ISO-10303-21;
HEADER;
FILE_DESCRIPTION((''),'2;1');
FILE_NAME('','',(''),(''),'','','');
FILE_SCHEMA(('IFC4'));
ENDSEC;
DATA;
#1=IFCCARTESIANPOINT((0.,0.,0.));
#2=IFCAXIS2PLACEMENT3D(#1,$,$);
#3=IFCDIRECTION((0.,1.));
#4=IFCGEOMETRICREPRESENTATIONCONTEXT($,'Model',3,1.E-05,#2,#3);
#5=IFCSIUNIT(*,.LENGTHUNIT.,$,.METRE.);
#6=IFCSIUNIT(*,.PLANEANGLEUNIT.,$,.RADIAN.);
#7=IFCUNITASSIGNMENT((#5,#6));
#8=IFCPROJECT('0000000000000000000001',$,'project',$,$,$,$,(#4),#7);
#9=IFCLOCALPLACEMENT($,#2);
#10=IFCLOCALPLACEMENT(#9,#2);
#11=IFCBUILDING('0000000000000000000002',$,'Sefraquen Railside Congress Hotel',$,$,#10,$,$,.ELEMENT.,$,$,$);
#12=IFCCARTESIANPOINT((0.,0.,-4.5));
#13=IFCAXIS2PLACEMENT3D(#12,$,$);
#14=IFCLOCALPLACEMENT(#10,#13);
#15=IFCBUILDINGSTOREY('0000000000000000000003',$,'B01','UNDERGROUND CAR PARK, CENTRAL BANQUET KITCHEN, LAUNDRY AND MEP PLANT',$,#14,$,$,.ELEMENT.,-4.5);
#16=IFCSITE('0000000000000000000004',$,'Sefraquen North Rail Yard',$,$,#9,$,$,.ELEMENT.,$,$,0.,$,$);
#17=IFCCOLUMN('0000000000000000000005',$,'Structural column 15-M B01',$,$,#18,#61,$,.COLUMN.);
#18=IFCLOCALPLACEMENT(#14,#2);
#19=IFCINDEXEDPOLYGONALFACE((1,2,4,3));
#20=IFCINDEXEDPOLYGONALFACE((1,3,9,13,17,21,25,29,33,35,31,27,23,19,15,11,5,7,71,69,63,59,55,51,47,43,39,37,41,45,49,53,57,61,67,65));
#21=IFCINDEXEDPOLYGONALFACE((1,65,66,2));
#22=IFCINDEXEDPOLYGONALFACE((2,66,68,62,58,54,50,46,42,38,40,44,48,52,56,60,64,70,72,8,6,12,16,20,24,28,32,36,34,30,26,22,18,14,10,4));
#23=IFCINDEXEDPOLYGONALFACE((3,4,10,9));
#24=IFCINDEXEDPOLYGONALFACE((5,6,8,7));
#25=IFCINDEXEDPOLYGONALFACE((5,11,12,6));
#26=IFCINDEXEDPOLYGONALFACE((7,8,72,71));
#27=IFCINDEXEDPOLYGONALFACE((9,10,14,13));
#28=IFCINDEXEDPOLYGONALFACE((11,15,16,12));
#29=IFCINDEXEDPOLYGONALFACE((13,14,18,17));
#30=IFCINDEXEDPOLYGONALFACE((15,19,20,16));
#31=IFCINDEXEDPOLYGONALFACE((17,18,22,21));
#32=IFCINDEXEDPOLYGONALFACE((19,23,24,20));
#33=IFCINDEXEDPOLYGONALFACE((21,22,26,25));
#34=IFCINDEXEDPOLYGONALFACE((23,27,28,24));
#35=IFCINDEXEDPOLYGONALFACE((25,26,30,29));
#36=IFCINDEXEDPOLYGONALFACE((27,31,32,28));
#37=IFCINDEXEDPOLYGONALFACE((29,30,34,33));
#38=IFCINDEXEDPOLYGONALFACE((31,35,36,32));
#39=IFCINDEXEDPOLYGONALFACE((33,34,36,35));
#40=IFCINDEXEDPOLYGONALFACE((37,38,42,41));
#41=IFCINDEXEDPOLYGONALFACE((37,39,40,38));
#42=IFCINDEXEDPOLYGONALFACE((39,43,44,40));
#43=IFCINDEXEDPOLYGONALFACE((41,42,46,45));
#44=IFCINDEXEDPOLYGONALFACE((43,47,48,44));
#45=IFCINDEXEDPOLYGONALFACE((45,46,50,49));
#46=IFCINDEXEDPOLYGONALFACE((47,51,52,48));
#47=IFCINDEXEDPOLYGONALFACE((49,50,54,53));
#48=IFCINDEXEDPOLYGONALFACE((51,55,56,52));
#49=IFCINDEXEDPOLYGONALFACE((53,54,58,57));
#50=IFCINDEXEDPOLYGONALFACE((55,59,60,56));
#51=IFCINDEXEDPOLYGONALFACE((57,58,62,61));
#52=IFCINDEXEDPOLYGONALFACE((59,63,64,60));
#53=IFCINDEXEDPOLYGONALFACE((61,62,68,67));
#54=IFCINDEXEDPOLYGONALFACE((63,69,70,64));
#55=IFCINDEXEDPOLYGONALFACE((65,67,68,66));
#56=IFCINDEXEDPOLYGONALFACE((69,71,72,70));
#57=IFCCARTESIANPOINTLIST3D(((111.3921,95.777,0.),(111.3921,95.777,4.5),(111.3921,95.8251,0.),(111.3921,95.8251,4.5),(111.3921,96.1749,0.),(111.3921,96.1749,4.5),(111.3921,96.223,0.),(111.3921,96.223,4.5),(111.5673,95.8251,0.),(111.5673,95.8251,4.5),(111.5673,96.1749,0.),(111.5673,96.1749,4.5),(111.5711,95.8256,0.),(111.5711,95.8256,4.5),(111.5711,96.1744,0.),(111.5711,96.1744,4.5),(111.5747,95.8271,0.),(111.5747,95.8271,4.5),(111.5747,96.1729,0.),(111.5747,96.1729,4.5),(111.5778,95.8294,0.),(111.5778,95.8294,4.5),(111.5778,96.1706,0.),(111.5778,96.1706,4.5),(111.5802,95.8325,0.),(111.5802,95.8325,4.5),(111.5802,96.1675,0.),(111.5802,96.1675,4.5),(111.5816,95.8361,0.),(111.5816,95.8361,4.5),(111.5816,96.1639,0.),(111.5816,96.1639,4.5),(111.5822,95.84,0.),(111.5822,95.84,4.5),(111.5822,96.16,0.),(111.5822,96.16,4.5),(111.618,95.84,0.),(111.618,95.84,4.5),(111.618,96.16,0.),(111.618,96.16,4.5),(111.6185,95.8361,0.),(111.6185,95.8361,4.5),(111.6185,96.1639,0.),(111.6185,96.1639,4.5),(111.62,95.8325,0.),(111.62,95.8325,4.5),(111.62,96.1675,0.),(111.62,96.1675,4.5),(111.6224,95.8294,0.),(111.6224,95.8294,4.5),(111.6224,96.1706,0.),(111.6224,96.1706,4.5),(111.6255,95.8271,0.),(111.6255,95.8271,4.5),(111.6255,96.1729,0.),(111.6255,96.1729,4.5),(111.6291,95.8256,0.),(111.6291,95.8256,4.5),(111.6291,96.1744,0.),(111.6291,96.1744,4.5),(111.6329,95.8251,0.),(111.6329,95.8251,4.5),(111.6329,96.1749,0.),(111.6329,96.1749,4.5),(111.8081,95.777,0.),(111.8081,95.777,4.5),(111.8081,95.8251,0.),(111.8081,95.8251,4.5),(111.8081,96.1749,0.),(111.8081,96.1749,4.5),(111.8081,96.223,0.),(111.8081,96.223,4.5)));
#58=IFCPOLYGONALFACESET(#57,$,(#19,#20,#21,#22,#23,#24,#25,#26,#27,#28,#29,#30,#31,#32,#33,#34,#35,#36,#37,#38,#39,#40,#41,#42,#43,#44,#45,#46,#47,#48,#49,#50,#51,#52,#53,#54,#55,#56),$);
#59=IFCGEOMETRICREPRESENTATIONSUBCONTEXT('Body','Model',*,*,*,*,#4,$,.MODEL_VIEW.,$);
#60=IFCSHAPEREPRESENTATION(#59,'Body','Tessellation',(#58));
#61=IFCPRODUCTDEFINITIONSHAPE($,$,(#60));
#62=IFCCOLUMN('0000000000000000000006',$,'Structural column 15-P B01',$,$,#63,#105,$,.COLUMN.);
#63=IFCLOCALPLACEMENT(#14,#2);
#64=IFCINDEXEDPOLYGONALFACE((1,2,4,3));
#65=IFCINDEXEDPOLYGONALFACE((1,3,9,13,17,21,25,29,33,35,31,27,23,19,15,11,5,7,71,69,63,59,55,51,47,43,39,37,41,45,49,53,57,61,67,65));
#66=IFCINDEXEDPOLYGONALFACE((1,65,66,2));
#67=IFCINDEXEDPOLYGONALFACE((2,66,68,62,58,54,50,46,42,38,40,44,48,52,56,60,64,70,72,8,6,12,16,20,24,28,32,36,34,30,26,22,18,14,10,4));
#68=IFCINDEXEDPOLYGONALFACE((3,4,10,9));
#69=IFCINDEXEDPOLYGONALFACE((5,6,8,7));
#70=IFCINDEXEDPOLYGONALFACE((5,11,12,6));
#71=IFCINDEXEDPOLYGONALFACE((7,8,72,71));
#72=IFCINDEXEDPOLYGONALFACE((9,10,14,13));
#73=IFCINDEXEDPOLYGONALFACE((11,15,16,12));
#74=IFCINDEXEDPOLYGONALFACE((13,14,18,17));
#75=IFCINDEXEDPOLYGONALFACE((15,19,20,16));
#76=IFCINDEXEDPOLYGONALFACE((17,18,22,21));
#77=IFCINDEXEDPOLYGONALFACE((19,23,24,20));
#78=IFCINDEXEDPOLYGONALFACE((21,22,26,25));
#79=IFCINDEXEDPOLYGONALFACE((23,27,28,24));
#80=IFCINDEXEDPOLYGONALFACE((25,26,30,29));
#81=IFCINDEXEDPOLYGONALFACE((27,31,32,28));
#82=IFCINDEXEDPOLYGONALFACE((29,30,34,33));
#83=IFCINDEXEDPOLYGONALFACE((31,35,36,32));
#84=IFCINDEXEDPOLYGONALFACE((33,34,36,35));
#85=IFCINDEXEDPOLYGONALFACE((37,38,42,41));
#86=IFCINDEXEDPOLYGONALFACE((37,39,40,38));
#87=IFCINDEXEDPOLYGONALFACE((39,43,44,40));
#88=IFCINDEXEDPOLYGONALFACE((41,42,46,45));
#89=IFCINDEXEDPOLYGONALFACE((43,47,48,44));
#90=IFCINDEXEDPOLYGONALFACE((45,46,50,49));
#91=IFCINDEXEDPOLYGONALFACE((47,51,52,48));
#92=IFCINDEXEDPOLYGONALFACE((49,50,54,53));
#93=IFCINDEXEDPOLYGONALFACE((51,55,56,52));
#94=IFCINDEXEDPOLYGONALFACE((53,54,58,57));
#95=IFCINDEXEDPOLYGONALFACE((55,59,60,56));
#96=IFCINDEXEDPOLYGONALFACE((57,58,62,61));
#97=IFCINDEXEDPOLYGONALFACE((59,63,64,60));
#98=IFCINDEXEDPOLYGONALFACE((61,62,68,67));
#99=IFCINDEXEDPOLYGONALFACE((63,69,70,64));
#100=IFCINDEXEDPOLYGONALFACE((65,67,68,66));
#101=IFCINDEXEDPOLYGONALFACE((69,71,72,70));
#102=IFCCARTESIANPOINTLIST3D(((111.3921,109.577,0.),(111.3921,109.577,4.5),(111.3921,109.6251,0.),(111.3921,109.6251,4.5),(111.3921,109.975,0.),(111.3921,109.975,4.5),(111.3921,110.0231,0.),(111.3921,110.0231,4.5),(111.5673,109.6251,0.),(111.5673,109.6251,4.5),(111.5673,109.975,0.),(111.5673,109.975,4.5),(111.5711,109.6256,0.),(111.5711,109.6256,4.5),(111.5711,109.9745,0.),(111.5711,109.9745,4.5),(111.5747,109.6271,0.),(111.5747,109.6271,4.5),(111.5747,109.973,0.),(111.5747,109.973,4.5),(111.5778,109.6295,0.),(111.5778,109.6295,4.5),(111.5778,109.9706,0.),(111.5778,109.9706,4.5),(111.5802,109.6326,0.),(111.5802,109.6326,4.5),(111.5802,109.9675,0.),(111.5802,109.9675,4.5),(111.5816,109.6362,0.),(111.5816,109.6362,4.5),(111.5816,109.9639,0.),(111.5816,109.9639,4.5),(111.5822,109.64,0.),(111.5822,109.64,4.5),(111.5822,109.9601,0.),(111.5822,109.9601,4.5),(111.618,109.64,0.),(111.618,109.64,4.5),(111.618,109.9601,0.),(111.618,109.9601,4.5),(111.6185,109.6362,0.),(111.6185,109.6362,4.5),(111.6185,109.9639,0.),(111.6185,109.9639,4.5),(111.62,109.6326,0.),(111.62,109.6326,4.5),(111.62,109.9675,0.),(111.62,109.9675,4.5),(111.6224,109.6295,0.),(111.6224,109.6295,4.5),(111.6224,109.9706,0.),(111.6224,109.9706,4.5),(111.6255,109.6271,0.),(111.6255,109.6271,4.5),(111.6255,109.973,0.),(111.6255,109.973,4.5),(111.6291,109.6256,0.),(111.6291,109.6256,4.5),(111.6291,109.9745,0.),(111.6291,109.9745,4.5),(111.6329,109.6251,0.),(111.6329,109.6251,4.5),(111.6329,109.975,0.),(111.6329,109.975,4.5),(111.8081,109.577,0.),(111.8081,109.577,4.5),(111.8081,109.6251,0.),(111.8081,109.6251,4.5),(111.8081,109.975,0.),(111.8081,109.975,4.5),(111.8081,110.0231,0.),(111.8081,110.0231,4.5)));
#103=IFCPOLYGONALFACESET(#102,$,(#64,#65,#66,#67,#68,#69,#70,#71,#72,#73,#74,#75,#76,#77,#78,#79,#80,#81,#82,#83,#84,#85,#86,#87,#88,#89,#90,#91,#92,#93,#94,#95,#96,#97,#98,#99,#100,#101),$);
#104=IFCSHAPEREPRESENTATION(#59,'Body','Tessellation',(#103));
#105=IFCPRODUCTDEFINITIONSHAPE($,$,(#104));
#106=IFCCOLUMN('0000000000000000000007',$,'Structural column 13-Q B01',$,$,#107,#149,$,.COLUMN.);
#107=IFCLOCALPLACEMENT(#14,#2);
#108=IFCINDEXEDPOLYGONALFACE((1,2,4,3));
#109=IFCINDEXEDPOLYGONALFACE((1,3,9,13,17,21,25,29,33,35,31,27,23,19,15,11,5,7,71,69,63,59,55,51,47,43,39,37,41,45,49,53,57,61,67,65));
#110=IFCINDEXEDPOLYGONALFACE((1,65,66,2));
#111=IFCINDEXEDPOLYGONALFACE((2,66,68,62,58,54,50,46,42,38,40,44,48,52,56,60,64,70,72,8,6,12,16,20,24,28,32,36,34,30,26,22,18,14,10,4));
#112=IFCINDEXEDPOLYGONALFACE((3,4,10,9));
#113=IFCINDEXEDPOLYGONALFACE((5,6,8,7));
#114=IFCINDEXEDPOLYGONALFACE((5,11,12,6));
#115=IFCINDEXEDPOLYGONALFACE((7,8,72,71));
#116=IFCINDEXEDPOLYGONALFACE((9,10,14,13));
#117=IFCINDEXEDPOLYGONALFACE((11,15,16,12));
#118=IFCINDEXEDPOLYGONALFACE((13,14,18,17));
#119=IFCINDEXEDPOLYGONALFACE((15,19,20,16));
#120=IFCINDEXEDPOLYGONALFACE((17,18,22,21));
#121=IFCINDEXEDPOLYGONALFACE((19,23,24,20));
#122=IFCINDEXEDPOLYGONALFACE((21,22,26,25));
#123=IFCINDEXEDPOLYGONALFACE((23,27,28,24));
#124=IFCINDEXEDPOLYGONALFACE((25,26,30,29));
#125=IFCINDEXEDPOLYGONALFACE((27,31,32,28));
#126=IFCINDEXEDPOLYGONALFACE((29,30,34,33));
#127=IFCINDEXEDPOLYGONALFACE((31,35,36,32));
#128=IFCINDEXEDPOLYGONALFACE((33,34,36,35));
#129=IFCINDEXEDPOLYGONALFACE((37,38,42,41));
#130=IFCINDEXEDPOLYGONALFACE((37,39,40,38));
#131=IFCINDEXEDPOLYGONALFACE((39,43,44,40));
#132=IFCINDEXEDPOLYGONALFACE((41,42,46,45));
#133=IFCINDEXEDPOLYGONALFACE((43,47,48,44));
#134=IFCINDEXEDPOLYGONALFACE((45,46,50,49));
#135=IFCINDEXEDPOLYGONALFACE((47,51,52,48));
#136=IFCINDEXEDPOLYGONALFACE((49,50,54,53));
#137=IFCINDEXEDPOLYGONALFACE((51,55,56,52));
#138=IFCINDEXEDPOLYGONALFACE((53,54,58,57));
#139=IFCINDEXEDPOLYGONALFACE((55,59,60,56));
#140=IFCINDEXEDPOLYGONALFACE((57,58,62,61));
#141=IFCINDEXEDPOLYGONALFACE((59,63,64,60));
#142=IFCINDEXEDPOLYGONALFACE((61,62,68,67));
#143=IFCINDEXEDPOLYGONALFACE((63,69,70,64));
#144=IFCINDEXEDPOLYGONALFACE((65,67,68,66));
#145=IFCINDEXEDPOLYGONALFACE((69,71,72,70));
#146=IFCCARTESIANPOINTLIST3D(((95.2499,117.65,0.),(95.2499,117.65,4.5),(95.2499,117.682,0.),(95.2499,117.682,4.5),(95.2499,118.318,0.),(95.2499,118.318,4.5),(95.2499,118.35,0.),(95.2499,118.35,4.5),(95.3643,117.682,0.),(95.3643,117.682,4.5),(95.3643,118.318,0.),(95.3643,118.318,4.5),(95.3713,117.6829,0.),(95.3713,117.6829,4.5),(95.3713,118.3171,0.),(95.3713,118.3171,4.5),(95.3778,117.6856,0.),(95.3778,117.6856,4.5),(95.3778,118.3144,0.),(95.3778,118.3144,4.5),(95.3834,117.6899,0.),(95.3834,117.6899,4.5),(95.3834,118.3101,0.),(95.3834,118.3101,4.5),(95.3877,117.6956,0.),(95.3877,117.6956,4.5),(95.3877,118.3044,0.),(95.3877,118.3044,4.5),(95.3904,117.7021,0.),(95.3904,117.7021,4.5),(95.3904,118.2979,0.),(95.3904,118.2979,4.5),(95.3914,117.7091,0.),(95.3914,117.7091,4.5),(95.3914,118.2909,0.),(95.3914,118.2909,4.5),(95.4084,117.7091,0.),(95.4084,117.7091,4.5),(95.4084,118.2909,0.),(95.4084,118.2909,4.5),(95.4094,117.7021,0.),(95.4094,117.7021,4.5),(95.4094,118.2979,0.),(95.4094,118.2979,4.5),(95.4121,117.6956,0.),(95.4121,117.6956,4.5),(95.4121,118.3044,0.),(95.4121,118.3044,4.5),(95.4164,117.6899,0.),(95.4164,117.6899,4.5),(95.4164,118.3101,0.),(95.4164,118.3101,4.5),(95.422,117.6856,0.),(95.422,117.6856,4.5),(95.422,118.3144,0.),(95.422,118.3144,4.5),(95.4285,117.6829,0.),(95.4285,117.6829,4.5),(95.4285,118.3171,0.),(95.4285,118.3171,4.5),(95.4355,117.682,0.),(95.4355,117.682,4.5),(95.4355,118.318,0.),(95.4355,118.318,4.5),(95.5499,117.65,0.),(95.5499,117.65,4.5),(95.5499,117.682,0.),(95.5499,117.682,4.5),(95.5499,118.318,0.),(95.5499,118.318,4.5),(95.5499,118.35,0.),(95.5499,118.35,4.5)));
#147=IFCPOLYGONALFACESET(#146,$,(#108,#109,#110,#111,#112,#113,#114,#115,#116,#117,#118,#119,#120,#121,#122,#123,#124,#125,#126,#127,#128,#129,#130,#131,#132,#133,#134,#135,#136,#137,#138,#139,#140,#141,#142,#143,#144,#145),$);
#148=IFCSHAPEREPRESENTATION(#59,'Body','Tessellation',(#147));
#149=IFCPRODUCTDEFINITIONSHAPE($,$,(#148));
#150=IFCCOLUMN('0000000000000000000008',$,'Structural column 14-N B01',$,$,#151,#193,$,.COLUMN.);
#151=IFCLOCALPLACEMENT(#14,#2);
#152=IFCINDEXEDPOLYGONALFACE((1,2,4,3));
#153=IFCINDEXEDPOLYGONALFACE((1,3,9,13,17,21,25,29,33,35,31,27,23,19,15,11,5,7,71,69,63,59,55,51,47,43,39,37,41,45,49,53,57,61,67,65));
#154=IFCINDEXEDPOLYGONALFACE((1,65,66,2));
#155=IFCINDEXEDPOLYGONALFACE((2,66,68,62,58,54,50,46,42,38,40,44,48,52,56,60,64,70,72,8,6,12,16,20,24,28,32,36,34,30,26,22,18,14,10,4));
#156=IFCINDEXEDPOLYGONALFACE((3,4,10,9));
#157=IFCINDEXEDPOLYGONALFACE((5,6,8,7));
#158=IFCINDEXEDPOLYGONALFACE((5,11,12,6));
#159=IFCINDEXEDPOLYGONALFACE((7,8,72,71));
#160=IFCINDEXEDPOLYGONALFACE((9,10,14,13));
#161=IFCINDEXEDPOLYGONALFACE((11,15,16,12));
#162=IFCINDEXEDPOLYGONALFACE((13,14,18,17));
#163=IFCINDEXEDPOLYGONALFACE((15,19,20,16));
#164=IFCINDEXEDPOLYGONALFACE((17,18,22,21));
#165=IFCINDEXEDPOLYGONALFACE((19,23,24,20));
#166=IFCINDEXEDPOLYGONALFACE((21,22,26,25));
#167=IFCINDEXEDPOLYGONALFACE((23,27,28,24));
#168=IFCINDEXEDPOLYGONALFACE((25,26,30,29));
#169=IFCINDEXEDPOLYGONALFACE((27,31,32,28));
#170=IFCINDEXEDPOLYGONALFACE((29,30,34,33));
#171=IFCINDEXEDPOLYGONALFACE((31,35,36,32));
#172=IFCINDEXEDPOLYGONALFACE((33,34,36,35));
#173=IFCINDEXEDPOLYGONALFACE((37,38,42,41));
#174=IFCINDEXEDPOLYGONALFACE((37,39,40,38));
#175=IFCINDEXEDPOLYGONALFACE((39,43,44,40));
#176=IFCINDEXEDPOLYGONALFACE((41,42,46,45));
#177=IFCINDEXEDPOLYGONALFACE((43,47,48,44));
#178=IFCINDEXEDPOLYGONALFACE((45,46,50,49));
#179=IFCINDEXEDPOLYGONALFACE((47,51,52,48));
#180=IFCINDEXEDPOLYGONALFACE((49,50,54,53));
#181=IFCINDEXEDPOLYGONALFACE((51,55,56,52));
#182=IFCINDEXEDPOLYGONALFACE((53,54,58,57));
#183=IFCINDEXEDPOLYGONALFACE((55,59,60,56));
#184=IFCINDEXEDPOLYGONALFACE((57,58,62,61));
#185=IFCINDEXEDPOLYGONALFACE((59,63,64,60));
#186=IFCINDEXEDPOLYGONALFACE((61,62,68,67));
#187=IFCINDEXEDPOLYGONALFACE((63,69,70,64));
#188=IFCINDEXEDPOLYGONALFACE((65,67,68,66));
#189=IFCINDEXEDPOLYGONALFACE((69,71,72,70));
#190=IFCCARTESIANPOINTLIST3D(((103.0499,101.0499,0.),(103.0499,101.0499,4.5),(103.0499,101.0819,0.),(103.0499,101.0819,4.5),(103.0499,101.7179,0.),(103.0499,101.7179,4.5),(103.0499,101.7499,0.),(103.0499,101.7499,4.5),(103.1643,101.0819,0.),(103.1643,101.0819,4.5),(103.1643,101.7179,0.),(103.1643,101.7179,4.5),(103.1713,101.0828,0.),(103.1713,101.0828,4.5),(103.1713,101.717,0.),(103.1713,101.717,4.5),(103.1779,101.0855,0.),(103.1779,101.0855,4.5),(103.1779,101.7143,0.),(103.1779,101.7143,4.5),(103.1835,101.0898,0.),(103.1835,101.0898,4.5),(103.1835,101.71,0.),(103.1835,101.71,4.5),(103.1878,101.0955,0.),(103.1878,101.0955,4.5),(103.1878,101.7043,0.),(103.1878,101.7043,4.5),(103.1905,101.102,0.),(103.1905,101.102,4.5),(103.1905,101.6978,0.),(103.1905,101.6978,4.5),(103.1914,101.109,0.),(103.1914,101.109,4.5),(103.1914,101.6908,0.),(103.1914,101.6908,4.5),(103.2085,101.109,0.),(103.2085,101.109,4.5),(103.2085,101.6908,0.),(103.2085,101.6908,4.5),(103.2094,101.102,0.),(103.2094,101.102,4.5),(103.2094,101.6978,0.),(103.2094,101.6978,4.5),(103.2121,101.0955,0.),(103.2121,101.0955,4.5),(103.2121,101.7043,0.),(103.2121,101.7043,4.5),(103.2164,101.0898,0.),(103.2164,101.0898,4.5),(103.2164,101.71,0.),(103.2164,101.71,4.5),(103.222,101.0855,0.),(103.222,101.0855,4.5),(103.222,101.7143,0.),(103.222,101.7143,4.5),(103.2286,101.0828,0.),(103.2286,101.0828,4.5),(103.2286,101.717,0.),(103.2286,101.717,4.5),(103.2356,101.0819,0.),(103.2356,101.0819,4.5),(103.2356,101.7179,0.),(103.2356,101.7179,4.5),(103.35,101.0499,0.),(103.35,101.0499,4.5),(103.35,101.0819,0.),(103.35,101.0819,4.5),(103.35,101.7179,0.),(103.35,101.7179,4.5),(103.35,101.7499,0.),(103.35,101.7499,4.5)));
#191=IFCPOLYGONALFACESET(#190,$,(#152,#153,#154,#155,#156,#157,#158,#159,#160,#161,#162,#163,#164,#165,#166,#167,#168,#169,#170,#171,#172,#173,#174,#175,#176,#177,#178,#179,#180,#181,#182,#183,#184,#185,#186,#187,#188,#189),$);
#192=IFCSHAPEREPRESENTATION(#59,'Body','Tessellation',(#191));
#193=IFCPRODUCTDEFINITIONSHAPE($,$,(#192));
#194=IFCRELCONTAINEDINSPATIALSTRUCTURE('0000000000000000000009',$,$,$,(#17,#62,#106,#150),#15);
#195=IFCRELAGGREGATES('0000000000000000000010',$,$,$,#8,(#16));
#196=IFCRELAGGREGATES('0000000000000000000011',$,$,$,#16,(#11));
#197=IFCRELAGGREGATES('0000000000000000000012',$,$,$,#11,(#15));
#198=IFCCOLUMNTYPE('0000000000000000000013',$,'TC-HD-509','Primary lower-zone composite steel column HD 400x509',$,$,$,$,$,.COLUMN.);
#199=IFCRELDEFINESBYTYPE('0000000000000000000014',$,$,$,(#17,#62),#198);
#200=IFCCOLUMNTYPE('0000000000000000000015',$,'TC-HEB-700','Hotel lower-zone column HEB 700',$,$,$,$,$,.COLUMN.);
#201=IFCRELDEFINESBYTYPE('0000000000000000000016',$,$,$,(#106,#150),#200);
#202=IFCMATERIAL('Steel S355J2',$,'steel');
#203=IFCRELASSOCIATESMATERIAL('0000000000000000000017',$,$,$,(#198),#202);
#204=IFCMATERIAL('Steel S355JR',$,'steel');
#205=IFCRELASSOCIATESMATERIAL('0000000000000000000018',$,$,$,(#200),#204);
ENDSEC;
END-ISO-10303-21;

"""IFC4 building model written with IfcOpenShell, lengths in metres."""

from ifc_helpers import new_model, si_unit, direction, frame, origin, origin_2d, place, context, subcontext, project, spatial, i_section, extrude, material, material_profile, profile_set, type_object, element, save


model = new_model("IFC4")

# Units and contexts
model_context = context("Model", 3, precision=1e-05, world=origin(), true_north=direction((0.0, 1.0)))
body_context = subcontext(model_context, "Body", "Model", "MODEL_VIEW")
ifc_project = project(units=[si_unit("LENGTHUNIT", "METRE"), si_unit("PLANEANGLEUNIT", "RADIAN")], contexts=[model_context])

# Site, building, storey
site_placement = place(None, origin())
site = spatial("IfcSite", under=ifc_project, at=site_placement, Name="Sefraquen North Rail Yard", CompositionType="ELEMENT", RefElevation=0.0)
building_placement = place(site_placement, origin())
building = spatial("IfcBuilding", under=site, at=building_placement, Name="Sefraquen Railside Congress Hotel", CompositionType="ELEMENT")
storey_placement = place(building_placement, frame((0.0, 0.0, -4.5)))
storey = spatial("IfcBuildingStorey", under=building, at=storey_placement, Name="B01", Description="UNDERGROUND CAR PARK, CENTRAL BANQUET KITCHEN, LAUNDRY AND MEP PLANT", CompositionType="ELEMENT", Elevation=-4.5)

# Columns
ifc_material_1 = material(Name="Steel S355J2", Category="steel")
ifc_material_profile_1 = material_profile(ifc_material_1, i_section(OverallWidth=0.416, OverallDepth=0.446, WebThickness=0.0359, FlangeThickness=0.0481, FilletRadius=0.0149, at=origin_2d()), Name="HD 400x509")
ifc_profile_set_1 = profile_set([ifc_material_profile_1], Name="Steel S355J2")
column_type_1 = type_object("IfcColumnType", Name="TC-HD-509", Description="Primary lower-zone composite steel column HD 400x509", PredefinedType="COLUMN", material=ifc_profile_set_1)
for number, where, z_axis, x_axis, name in (
    (1, (111.6001, 96.0, 0.0), (0.0, 0.0, 1.0), (1.0, 0.0, 0.0), "Structural column 15-M B01"),
    (2, (111.6001, 109.8, 0.0), (0.0, 0.0, 1.0), (1.0, 0.0, 0.0), "Structural column 15-P B01"),
):
    element("IfcColumn", number, at=place(storey_placement, frame(where, z_axis=z_axis, x_axis=x_axis)), inside=storey, type_object=column_type_1, Name=name, PredefinedType="COLUMN", context=body_context, shape_type="SweptSolid", body=[
        extrude(i_section(OverallWidth=0.416, OverallDepth=0.446, WebThickness=0.0359, FlangeThickness=0.0481, FilletRadius=0.0149, at=origin_2d()), origin(), (0.0, 0.0, 1.0), 4.5),
    ])
ifc_material_2 = material(Name="Steel S355JR", Category="steel")
ifc_material_profile_2 = material_profile(ifc_material_2, i_section(OverallWidth=0.3, OverallDepth=0.7, WebThickness=0.0171, FlangeThickness=0.032, FilletRadius=0.0271, at=origin_2d()), Name="HEB 700")
ifc_profile_set_2 = profile_set([ifc_material_profile_2], Name="Steel S355JR")
column_type_2 = type_object("IfcColumnType", Name="TC-HEB-700", Description="Hotel lower-zone column HEB 700", PredefinedType="COLUMN", material=ifc_profile_set_2)
for number, where, z_axis, x_axis, name in (
    (3, (95.3999, 118.0, 0.0), (0.0, 0.0, 1.0), (1.0, 0.0, 0.0), "Structural column 13-Q B01"),
    (4, (103.2, 101.3999, 0.0), (0.0, 0.0, 1.0), (1.0, 0.0, 0.0), "Structural column 14-N B01"),
):
    element("IfcColumn", number, at=place(storey_placement, frame(where, z_axis=z_axis, x_axis=x_axis)), inside=storey, type_object=column_type_2, Name=name, PredefinedType="COLUMN", context=body_context, shape_type="SweptSolid", body=[
        extrude(i_section(OverallWidth=0.3, OverallDepth=0.7, WebThickness=0.0171, FlangeThickness=0.032, FilletRadius=0.0271, at=origin_2d()), origin(), (0.0, 0.0, 1.0), 4.5),
    ])

save(model, "model.ifc")
